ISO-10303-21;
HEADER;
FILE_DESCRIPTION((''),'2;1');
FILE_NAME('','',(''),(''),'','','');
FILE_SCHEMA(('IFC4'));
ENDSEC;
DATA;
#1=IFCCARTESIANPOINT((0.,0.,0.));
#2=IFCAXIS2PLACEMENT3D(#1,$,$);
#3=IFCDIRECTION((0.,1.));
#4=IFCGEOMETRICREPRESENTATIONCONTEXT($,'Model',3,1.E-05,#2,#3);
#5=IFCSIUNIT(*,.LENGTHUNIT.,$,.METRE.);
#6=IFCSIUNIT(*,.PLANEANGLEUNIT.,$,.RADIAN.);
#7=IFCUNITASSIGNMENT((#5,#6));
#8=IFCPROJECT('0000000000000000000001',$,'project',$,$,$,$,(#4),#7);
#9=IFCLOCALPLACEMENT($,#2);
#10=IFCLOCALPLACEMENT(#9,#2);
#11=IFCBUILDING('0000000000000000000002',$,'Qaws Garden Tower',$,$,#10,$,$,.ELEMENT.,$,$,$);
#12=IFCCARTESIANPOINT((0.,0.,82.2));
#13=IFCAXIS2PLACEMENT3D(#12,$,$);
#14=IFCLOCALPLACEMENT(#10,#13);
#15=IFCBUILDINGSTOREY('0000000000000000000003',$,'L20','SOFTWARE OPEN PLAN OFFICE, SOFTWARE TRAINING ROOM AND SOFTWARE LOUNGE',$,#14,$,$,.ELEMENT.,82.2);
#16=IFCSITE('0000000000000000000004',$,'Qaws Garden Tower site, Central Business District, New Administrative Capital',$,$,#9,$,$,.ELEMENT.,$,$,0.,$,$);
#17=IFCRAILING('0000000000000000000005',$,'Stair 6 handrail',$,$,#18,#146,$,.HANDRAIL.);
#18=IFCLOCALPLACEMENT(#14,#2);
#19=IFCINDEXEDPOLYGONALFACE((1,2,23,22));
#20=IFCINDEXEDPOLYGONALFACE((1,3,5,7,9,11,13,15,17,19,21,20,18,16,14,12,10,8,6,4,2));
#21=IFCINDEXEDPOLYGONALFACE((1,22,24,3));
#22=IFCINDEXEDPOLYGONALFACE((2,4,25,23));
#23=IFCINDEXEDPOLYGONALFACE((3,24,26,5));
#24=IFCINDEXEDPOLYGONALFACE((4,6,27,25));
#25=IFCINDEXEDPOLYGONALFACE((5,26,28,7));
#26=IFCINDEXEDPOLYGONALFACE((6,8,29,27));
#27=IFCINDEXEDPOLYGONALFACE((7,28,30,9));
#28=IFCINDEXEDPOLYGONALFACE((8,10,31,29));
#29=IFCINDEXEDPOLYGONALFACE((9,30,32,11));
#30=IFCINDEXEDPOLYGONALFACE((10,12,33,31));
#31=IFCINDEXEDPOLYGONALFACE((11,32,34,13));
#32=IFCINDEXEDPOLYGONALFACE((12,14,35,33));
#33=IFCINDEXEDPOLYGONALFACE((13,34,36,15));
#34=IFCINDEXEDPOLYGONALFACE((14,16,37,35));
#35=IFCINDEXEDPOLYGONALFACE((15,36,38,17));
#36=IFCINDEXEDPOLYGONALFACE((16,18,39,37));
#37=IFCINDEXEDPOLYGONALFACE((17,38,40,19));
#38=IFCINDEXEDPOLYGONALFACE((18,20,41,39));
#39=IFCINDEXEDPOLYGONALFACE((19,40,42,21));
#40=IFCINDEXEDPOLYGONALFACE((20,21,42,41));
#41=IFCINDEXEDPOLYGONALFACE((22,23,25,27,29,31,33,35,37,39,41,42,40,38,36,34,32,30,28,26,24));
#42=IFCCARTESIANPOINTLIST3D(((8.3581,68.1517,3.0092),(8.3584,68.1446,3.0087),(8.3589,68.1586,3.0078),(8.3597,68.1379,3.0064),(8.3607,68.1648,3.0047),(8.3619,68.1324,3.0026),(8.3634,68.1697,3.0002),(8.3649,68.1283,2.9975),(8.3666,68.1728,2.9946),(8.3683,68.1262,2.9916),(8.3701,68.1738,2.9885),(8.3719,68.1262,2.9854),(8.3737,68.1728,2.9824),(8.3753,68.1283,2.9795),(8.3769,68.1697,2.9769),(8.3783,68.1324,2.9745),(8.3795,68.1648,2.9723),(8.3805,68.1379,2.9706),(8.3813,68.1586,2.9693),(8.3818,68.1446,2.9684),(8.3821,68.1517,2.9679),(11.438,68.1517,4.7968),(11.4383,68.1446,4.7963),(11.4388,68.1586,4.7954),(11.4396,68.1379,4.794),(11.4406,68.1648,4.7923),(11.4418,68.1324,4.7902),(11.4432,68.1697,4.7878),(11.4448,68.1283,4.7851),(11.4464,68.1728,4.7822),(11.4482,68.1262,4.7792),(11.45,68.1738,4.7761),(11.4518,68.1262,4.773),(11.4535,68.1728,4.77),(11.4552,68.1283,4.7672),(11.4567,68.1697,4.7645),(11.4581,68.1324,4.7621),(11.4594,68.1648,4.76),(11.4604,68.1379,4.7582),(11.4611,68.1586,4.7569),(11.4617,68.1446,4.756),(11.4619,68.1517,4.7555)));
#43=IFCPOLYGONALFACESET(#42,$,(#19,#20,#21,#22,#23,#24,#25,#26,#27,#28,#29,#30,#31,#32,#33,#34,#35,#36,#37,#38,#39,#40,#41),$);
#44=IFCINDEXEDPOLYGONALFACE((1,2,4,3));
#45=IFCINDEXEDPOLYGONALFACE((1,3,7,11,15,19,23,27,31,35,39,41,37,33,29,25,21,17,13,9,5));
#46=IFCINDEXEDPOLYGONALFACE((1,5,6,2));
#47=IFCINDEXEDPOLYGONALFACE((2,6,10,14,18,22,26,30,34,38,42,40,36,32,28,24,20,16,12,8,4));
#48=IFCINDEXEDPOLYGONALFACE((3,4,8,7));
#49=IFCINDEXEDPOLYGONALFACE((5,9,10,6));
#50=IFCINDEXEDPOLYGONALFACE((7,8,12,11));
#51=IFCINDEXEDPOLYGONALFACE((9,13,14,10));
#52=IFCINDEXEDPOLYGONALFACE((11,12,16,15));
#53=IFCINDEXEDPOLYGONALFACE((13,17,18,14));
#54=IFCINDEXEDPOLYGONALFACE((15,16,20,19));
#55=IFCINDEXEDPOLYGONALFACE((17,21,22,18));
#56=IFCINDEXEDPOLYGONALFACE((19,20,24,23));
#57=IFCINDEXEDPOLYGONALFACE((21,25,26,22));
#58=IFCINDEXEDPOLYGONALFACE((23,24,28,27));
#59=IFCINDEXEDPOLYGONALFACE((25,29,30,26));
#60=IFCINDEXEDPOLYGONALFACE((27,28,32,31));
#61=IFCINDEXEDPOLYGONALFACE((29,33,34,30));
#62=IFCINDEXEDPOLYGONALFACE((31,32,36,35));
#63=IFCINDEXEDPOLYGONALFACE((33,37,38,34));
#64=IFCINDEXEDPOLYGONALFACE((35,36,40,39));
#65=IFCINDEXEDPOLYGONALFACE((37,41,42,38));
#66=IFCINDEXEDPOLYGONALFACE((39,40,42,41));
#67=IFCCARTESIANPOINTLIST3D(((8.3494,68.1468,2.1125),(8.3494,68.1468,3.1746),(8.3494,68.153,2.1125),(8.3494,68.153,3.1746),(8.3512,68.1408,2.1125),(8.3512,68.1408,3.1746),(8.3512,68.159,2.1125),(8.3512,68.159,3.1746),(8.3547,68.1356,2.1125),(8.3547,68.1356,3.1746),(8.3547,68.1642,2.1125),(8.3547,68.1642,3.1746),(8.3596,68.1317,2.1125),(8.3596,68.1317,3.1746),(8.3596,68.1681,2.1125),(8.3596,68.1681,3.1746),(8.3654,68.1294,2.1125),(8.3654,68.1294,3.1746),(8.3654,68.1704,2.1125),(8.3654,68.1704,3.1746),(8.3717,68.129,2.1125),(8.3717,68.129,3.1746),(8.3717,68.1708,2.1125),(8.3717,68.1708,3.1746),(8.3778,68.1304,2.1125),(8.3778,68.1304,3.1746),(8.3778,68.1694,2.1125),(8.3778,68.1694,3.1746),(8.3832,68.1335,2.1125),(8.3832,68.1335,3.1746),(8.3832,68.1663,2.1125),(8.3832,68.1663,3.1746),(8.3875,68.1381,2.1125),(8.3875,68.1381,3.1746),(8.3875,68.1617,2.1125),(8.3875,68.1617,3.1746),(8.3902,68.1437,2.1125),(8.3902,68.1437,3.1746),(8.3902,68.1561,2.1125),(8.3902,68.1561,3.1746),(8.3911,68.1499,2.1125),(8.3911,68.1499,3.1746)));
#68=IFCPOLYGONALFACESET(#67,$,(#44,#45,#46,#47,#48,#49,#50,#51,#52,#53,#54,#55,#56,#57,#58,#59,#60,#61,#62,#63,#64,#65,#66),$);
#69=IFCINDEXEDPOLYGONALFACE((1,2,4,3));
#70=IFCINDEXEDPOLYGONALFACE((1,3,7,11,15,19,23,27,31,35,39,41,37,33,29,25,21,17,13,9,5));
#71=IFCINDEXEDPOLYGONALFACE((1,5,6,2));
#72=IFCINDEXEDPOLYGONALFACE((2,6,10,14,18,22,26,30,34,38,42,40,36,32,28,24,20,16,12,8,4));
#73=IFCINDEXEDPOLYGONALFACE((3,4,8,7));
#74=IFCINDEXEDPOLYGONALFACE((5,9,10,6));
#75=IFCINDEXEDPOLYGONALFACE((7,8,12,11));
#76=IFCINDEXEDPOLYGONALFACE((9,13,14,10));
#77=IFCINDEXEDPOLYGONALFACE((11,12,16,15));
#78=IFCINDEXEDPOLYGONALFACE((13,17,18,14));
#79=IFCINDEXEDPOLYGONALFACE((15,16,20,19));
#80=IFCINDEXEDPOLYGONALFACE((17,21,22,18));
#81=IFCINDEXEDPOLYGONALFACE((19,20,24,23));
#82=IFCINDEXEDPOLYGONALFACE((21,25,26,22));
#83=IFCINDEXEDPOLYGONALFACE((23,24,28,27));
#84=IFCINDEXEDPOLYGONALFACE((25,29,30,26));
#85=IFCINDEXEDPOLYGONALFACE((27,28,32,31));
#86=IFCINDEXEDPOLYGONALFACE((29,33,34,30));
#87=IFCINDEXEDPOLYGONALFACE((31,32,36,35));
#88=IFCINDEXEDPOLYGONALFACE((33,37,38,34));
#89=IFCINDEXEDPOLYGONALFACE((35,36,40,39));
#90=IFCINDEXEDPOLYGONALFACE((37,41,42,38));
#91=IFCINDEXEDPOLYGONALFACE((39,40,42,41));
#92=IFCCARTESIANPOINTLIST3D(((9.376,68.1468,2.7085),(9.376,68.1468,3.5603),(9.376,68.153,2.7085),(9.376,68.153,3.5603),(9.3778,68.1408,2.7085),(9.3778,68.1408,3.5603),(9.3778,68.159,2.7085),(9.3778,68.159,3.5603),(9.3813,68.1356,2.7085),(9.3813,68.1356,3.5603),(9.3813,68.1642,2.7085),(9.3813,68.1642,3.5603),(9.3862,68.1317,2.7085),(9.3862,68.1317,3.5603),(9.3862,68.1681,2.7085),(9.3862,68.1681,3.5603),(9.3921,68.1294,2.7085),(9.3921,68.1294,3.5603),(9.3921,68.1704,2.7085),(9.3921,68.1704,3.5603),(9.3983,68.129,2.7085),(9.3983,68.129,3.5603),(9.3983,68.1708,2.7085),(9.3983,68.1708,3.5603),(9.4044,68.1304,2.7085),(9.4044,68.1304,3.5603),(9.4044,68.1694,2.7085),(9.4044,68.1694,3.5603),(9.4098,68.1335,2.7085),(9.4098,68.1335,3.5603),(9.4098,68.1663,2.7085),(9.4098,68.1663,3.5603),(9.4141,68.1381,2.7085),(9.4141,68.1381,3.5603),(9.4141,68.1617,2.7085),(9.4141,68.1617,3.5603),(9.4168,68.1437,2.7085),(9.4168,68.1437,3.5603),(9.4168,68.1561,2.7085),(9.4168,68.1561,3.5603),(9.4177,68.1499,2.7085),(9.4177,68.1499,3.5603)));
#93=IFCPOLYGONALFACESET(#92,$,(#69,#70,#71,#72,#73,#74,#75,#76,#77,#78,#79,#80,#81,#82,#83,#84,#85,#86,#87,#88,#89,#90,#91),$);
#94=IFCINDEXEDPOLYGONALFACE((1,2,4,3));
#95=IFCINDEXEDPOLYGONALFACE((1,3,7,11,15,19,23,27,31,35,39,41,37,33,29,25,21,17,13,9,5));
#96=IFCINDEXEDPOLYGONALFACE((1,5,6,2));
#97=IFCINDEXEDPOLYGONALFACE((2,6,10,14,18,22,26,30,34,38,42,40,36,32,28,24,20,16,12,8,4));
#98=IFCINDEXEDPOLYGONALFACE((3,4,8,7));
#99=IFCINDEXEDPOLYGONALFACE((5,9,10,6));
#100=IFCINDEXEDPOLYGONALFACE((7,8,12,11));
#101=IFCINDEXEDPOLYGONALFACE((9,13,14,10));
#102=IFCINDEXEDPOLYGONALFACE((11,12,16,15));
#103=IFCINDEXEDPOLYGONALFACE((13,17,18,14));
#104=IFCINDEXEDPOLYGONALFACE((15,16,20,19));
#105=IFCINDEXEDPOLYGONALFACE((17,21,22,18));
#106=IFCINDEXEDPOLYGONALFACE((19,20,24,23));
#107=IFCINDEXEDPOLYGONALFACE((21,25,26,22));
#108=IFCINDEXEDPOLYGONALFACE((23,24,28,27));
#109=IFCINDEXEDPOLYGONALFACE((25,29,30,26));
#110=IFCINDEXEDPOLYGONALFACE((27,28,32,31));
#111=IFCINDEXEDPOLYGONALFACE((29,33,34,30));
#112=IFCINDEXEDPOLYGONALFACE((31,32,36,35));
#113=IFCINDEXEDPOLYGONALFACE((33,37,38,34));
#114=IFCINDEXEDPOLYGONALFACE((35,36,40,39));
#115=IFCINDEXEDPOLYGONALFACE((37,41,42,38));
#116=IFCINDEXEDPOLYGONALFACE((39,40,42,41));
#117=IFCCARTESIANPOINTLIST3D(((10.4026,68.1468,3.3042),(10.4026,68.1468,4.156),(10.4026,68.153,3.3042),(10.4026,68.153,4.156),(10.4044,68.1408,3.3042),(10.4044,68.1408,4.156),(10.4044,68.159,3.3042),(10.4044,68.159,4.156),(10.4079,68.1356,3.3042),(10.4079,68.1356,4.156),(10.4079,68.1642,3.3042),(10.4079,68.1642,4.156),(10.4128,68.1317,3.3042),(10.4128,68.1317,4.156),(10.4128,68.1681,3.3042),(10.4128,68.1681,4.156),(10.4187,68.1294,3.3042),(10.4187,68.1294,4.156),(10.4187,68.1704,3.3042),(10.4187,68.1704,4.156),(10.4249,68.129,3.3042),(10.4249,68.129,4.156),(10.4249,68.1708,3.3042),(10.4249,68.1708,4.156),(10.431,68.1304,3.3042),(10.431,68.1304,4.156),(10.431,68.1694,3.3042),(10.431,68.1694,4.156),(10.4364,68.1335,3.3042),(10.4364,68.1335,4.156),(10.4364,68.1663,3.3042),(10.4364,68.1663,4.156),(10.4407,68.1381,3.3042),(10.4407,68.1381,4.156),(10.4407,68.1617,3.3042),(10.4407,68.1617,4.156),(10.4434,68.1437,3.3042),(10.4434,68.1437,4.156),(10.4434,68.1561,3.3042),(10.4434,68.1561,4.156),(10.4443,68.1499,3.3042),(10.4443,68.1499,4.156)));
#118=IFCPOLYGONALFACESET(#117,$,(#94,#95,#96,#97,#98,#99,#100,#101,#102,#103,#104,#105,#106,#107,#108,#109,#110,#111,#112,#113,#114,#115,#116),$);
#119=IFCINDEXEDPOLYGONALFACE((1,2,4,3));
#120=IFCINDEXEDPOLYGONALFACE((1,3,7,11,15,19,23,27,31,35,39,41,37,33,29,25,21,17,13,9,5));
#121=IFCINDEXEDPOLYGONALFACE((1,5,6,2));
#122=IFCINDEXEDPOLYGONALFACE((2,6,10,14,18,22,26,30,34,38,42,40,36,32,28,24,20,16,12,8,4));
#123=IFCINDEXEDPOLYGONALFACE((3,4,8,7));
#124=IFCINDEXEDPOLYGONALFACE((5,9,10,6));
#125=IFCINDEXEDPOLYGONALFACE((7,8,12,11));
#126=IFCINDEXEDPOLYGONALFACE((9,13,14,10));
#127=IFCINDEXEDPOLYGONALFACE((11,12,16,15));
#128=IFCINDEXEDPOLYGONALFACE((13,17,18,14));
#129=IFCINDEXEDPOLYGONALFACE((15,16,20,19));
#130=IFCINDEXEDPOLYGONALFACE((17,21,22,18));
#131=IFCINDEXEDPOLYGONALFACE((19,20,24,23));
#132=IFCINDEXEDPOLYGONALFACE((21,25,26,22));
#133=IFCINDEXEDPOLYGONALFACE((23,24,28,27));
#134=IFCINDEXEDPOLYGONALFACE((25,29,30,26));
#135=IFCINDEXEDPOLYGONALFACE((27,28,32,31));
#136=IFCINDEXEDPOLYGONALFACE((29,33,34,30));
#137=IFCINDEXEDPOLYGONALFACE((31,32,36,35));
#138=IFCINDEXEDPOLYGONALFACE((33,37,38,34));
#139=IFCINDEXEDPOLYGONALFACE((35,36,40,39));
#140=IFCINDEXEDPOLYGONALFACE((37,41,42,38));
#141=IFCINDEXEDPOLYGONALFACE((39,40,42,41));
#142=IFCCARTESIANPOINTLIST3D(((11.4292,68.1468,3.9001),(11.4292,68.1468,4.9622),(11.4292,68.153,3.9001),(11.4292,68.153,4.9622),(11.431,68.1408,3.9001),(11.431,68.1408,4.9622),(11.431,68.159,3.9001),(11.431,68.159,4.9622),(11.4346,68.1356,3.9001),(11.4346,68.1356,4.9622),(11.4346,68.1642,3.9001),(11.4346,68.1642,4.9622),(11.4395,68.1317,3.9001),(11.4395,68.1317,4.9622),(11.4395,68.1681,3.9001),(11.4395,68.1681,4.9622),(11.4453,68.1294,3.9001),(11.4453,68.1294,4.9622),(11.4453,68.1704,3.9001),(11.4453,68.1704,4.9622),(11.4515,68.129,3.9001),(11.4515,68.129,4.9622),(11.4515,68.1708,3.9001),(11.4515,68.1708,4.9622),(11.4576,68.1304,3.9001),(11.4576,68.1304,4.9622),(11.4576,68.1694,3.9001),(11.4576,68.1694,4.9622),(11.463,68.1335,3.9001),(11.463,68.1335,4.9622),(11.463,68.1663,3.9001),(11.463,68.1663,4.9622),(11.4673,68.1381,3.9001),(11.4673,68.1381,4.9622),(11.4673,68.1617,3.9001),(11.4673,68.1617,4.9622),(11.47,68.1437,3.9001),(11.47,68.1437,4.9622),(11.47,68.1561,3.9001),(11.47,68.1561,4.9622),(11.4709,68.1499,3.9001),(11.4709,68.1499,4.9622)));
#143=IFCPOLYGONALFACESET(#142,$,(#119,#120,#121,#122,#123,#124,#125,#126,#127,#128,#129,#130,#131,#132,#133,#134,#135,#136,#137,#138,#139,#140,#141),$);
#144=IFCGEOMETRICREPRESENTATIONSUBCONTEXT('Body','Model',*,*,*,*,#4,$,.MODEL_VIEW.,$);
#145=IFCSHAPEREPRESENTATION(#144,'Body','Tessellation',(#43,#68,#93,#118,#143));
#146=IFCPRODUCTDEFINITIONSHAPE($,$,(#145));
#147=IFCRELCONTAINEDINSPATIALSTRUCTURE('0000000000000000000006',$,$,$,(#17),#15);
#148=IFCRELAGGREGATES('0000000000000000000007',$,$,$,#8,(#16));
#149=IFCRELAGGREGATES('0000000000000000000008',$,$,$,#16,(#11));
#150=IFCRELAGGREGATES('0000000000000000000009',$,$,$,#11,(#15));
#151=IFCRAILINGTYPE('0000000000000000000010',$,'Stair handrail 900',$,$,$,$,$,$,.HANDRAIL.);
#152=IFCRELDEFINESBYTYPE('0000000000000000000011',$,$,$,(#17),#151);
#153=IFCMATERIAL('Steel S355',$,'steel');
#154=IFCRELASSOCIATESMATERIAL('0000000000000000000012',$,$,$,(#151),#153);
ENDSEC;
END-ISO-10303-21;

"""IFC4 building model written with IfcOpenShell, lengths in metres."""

from ifc_helpers import new_model, si_unit, direction, frame, origin, origin_2d, place, context, subcontext, project, spatial, circle, extrude, material, type_object, element, save


model = new_model("IFC4")

# Units and contexts
model_context = context("Model", 3, precision=1e-05, world=origin(), true_north=direction((0.0, 1.0)))
body_context = subcontext(model_context, "Body", "Model", "MODEL_VIEW")
ifc_project = project(units=[si_unit("LENGTHUNIT", "METRE"), si_unit("PLANEANGLEUNIT", "RADIAN")], contexts=[model_context])

# Site, building, storey
site_placement = place(None, origin())
site = spatial("IfcSite", under=ifc_project, at=site_placement, Name="Qaws Garden Tower site, Central Business District, New Administrative Capital", CompositionType="ELEMENT", RefElevation=0.0)
building_placement = place(site_placement, origin())
building = spatial("IfcBuilding", under=site, at=building_placement, Name="Qaws Garden Tower", CompositionType="ELEMENT")
storey_placement = place(building_placement, frame((0.0, 0.0, 82.2)))
storey = spatial("IfcBuildingStorey", under=building, at=storey_placement, Name="L20", Description="SOFTWARE OPEN PLAN OFFICE, SOFTWARE TRAINING ROOM AND SOFTWARE LOUNGE", CompositionType="ELEMENT", Elevation=82.2)

# Railing
ifc_material_1 = material(Name="Steel S355", Category="steel")
railing_type = type_object("IfcRailingType", Name="Stair handrail 900", PredefinedType="HANDRAIL", material=ifc_material_1)
railing_1_placement = place(storey_placement, frame((8.3701, 68.1499, 2.1125)))
element("IfcRailing", 1, at=railing_1_placement, inside=storey, type_object=railing_type, Name="Stair 6 handrail", PredefinedType="HANDRAIL", context=body_context, shape_type="SweptSolid", body=[
    extrude(circle(Radius=0.0239, at=origin_2d()), frame((0.0, 0.0, 0.876), z_axis=(0.864873, 0.0, 0.50199), x_axis=(0.0, 1.0, 0.0)), (0.0, 0.0, 1.0), 3.561),
    extrude(circle(Radius=0.021, at=origin_2d()), origin(), (0.0, 0.0, 1.0), 1.062),
    extrude(circle(Radius=0.021, at=origin_2d()), frame((1.0266, 0.0, 0.5959)), (0.0, 0.0, 1.0), 0.8518),
    extrude(circle(Radius=0.021, at=origin_2d()), frame((2.0532, 0.0, 1.1917)), (0.0, 0.0, 1.0), 0.8518),
    extrude(circle(Radius=0.021, at=origin_2d()), frame((3.0798, 0.0, 1.7876)), (0.0, 0.0, 1.0), 1.062),
])

save(model, "model.ifc")
